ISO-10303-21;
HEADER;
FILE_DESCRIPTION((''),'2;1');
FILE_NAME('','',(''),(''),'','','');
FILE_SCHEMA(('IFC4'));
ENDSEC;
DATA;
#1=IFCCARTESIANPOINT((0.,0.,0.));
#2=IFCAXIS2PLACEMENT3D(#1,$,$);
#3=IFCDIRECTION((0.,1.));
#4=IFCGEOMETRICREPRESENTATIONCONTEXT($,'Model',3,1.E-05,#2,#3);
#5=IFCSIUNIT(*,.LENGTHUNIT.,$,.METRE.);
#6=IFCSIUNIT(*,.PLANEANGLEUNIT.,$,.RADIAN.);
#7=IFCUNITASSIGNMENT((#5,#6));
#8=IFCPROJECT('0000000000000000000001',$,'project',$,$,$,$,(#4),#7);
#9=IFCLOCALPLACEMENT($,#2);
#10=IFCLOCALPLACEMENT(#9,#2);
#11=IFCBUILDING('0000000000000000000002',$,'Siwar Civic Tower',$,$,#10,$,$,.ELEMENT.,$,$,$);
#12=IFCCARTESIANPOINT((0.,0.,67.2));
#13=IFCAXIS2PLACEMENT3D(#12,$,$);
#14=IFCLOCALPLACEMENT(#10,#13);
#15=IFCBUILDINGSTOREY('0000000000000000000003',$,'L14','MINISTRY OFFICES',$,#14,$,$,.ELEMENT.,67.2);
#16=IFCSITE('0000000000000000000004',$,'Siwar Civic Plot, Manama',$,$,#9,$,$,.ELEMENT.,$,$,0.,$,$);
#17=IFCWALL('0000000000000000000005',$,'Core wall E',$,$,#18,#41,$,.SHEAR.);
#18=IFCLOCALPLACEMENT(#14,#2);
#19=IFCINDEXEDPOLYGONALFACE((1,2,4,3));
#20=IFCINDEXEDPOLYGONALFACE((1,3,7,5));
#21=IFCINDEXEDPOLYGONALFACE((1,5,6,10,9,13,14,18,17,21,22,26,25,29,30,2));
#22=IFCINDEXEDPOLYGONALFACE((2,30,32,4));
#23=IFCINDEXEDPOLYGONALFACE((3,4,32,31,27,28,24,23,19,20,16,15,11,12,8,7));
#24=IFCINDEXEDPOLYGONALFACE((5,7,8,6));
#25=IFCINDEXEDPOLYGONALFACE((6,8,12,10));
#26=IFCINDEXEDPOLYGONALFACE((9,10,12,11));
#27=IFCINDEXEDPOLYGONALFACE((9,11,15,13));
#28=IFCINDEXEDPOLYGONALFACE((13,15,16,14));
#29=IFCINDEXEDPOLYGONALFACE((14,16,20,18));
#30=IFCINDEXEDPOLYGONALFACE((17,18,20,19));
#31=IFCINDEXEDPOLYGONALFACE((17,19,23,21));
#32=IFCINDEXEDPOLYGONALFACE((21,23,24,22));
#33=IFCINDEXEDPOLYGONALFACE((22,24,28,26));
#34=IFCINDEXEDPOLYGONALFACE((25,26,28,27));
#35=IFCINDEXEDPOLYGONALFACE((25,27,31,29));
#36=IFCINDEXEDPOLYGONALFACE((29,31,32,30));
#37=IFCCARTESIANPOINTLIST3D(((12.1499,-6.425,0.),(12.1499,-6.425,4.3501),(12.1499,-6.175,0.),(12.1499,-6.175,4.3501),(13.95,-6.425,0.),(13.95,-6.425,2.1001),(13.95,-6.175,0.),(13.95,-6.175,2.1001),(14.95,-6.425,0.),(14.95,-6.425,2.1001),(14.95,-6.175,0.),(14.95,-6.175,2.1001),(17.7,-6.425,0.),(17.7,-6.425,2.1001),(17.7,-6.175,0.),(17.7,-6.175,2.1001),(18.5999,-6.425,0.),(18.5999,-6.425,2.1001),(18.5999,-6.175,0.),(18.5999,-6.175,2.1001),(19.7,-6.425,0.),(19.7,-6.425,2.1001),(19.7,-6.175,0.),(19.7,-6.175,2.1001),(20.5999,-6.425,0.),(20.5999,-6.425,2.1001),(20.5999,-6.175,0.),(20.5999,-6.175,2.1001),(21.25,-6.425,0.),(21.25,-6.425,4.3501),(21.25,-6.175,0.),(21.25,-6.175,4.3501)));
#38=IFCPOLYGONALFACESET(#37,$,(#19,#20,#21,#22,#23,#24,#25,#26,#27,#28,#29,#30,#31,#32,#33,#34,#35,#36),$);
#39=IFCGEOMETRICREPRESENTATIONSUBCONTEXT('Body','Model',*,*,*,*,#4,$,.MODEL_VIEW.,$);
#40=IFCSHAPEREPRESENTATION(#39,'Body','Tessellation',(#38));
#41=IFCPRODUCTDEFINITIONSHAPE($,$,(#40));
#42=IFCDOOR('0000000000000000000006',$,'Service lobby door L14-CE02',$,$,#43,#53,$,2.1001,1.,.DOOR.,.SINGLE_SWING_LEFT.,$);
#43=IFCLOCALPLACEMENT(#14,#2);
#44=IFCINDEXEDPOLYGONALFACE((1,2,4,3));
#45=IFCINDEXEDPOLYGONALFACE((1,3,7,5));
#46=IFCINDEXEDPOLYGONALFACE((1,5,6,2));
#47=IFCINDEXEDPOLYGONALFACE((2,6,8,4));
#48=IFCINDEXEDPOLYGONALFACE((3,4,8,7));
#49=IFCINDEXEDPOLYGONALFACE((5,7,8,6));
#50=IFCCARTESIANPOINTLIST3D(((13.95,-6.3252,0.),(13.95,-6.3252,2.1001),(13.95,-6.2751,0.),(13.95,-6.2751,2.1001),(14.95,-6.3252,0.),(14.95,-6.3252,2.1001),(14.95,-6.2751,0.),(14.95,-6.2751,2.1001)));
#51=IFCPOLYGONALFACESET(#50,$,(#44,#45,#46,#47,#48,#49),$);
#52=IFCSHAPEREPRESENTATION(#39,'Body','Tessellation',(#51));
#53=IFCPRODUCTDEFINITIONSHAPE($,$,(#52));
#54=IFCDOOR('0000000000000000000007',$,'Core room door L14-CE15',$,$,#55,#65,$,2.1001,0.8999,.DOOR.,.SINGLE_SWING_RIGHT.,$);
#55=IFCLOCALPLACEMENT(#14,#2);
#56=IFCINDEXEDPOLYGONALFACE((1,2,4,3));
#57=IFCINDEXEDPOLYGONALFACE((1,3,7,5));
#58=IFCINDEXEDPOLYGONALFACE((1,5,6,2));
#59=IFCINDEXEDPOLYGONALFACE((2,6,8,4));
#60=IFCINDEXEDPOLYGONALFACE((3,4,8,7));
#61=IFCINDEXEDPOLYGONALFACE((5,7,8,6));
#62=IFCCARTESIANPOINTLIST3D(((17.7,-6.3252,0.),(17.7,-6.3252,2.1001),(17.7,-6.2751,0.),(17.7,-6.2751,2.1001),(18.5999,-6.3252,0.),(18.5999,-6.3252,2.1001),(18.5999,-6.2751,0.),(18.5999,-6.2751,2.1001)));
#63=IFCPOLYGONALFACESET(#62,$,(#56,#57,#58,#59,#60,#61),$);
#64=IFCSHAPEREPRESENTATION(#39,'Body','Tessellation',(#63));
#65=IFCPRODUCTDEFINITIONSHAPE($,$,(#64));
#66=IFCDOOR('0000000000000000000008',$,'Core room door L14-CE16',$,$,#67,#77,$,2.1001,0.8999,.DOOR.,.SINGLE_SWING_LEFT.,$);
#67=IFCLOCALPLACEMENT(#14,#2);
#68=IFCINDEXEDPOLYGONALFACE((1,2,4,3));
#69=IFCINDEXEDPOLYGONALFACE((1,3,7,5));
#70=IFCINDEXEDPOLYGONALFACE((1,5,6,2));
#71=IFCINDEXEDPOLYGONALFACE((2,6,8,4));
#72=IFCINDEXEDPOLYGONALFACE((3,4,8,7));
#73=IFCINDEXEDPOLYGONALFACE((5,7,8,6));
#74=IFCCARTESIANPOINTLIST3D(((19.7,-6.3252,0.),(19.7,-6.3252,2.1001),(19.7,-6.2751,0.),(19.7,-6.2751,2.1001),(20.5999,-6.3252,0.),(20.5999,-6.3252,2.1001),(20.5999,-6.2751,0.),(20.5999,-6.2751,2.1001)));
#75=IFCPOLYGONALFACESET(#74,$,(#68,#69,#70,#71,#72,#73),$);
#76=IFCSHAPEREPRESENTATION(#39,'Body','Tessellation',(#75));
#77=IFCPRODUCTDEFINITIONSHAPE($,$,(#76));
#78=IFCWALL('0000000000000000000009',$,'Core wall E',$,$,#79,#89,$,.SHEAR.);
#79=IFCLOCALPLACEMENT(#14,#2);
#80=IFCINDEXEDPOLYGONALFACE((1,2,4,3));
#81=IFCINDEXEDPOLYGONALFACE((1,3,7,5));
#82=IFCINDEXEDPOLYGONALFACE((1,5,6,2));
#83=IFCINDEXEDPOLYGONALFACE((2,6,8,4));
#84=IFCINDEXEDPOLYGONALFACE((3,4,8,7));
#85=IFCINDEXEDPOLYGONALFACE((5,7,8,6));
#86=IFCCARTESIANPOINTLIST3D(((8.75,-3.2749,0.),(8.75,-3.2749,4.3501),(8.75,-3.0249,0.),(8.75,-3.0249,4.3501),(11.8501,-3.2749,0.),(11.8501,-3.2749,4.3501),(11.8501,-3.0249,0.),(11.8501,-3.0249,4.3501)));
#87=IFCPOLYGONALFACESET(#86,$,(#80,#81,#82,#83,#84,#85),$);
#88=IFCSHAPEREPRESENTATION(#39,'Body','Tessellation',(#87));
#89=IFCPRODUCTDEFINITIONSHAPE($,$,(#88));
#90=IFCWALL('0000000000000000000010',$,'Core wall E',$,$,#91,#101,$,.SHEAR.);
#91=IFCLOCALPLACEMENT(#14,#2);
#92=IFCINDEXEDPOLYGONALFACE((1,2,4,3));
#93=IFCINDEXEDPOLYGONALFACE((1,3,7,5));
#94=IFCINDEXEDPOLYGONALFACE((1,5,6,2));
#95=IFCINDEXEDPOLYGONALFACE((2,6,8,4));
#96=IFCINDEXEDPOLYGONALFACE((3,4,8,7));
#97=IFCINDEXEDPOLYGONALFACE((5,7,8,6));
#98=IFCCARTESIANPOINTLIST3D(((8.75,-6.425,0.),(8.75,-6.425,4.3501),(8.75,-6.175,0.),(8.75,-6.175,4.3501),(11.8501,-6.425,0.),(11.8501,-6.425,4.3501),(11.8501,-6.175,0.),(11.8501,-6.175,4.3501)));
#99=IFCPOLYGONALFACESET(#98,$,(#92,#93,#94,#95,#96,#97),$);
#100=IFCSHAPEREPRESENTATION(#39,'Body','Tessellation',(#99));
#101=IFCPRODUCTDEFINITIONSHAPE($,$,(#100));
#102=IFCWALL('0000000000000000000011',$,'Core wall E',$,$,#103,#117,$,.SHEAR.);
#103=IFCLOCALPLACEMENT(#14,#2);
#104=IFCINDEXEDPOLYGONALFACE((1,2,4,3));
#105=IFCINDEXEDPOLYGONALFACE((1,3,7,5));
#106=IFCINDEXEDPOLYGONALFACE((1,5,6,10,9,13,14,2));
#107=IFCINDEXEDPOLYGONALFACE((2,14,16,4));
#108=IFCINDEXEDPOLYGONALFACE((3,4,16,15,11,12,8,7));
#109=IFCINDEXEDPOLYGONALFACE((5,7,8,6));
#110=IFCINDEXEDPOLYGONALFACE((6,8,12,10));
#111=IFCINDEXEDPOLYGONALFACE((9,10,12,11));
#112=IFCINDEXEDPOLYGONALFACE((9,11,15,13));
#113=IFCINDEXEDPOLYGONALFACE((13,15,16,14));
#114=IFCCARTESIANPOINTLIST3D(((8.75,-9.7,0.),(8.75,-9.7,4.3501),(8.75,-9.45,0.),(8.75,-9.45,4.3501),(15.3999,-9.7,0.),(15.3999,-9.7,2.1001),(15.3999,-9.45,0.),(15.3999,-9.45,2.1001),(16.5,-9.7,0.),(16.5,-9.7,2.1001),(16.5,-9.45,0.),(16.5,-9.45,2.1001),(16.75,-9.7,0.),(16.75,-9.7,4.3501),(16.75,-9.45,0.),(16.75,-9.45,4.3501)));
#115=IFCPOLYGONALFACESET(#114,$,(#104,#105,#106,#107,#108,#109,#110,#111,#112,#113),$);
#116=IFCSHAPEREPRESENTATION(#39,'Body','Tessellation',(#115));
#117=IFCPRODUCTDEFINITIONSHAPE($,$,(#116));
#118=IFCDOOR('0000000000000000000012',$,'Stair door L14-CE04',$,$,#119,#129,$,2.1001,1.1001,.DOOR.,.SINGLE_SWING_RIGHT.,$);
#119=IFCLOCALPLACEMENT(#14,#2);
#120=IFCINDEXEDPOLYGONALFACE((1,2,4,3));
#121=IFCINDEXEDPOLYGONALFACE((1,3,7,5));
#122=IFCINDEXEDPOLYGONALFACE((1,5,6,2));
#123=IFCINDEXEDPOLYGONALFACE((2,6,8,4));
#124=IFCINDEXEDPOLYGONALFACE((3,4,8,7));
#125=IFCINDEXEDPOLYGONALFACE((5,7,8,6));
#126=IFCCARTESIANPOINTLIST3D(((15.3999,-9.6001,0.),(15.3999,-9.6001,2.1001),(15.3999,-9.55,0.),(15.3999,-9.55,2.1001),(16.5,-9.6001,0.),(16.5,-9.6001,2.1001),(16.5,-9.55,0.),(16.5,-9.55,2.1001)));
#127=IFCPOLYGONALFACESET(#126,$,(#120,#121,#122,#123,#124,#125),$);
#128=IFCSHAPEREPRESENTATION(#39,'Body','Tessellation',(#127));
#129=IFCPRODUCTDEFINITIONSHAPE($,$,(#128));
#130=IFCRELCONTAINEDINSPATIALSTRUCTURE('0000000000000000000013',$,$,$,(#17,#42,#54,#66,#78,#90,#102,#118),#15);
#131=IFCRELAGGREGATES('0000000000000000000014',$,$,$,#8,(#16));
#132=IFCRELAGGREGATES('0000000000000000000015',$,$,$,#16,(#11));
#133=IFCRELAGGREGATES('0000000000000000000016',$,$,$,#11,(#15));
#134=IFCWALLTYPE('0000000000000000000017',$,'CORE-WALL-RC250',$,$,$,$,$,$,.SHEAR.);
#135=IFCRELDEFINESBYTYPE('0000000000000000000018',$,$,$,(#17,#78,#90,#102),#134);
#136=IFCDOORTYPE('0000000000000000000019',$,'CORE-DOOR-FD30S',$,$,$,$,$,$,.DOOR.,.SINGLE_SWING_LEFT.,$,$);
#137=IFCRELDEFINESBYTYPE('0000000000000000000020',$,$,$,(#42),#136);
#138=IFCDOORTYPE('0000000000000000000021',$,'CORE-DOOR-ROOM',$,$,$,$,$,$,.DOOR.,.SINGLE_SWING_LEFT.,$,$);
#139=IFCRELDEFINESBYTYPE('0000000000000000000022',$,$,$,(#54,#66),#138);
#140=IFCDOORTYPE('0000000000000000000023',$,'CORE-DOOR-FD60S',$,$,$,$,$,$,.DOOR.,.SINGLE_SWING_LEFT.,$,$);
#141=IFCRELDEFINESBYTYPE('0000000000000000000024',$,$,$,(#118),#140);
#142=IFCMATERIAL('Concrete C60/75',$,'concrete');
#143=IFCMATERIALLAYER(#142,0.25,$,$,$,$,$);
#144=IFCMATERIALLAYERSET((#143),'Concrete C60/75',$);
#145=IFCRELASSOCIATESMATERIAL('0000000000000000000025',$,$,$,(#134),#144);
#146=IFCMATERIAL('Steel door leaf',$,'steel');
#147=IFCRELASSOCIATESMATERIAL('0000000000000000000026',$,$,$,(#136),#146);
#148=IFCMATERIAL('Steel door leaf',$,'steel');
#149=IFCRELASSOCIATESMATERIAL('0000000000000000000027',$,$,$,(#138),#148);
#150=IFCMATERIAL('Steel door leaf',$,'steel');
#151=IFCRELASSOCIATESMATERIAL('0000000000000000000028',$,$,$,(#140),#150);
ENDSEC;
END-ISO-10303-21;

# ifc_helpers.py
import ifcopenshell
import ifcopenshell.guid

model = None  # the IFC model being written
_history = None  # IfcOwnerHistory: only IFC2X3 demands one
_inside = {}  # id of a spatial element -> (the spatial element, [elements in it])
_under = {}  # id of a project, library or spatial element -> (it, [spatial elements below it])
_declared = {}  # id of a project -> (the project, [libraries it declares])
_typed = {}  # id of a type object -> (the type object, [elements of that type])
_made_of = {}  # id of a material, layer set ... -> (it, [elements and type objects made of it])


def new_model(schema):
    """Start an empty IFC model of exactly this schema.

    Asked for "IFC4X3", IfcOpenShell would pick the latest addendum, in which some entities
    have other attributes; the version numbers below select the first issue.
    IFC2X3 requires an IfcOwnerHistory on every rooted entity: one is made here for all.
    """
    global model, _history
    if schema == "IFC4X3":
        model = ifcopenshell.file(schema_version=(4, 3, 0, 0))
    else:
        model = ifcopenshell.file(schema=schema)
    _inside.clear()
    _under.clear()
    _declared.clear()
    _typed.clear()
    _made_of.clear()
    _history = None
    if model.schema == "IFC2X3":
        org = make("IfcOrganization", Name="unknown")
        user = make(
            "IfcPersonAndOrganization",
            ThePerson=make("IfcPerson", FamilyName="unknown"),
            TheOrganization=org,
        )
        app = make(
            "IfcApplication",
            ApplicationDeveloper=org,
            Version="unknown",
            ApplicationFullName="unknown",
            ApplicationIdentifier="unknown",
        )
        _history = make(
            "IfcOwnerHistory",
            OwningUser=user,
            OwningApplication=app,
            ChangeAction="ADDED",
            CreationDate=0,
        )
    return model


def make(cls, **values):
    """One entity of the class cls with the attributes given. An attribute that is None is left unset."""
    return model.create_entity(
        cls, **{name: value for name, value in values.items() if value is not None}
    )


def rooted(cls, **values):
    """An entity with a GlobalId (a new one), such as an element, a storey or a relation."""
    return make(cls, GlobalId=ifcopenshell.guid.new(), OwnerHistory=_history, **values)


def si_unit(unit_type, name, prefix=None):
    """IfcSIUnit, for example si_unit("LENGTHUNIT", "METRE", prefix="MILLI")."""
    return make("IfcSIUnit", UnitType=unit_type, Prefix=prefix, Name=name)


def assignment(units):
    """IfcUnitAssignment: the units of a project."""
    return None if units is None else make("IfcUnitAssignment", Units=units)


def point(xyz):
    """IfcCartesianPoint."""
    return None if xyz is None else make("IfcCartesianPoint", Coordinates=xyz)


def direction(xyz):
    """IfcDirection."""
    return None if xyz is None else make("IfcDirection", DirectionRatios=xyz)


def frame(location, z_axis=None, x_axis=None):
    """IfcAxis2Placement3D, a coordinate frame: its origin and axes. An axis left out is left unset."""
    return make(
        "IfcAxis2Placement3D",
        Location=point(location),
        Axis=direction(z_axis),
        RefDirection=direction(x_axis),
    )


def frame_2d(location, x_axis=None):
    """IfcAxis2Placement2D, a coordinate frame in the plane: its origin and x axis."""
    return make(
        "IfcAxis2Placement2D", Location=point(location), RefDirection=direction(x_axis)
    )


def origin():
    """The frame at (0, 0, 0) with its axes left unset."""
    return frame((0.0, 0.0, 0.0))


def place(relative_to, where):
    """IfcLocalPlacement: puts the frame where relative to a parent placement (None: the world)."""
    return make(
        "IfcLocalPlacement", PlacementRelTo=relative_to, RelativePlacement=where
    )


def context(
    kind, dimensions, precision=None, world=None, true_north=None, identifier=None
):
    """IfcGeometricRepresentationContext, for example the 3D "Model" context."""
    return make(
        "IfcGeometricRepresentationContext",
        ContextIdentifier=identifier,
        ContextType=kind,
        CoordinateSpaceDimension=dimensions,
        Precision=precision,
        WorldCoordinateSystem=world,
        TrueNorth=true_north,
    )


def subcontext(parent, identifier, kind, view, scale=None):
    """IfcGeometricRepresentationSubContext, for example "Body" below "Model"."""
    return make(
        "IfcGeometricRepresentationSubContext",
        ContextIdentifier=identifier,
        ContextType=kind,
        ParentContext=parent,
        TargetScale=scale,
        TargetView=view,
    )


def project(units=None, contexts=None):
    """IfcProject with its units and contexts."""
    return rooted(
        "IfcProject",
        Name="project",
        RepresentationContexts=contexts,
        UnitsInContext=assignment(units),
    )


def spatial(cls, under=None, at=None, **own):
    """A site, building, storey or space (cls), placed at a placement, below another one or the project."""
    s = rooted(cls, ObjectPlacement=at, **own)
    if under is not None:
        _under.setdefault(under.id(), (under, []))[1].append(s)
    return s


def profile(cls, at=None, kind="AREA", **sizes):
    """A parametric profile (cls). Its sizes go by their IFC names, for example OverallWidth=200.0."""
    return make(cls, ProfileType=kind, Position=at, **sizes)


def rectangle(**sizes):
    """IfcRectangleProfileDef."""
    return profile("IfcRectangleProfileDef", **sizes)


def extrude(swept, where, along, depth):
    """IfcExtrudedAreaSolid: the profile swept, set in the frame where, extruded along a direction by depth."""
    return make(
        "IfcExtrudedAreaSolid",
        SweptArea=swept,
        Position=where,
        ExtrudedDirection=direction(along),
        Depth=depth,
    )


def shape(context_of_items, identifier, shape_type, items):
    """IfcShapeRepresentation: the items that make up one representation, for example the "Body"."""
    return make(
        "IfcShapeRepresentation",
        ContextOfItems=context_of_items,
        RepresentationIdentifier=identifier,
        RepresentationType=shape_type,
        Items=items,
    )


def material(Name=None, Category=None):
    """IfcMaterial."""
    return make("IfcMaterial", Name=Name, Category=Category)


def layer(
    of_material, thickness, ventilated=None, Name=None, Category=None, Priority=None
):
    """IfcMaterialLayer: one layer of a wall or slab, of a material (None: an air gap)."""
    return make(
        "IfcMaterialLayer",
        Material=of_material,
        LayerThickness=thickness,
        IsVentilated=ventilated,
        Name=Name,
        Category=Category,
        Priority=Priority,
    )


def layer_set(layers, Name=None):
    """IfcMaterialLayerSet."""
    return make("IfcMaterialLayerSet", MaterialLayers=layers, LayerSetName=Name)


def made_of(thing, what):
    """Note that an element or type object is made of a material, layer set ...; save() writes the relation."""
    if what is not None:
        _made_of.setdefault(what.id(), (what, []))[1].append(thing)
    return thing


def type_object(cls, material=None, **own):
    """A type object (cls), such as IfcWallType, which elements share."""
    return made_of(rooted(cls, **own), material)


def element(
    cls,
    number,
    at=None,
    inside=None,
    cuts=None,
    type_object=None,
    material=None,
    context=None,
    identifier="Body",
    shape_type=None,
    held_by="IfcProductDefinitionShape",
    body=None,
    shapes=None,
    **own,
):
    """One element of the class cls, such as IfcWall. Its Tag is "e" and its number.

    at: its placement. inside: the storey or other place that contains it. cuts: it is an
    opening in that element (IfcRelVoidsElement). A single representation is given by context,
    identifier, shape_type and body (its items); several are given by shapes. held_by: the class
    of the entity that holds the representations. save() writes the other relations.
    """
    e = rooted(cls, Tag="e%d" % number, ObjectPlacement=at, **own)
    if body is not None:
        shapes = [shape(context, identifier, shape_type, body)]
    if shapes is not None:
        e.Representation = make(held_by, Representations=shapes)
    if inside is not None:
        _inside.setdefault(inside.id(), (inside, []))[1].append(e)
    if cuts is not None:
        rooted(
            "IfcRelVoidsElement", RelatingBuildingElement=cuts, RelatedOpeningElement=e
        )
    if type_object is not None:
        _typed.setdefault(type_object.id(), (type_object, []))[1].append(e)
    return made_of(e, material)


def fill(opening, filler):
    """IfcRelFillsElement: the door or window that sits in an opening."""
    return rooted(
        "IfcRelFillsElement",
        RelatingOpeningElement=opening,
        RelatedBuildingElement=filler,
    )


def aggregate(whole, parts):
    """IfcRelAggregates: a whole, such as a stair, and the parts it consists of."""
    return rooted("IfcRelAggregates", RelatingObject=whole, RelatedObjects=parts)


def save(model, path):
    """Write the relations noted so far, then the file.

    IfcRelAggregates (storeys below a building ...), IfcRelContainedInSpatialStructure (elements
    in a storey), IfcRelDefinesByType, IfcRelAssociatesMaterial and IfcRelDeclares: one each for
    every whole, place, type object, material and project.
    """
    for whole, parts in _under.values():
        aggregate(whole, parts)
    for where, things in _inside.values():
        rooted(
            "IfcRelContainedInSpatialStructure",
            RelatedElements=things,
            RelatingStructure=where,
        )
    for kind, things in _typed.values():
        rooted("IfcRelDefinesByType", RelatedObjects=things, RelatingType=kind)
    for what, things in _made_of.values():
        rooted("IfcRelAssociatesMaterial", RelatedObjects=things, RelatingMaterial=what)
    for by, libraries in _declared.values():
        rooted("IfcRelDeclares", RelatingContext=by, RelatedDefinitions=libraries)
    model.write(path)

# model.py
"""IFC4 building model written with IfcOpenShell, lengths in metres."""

from ifc_helpers import new_model, si_unit, direction, frame, frame_2d, origin, place, context, subcontext, project, spatial, rectangle, extrude, material, layer, layer_set, type_object, element, fill, save


model = new_model("IFC4")

# Units and contexts
model_context = context("Model", 3, precision=1e-05, world=origin(), true_north=direction((0.0, 1.0)))
body_context = subcontext(model_context, "Body", "Model", "MODEL_VIEW")
ifc_project = project(units=[si_unit("LENGTHUNIT", "METRE"), si_unit("PLANEANGLEUNIT", "RADIAN")], contexts=[model_context])

# Site, building, storey
site_placement = place(None, origin())
site = spatial("IfcSite", under=ifc_project, at=site_placement, Name="Siwar Civic Plot, Manama", CompositionType="ELEMENT", RefElevation=0.0)
building_placement = place(site_placement, origin())
building = spatial("IfcBuilding", under=site, at=building_placement, Name="Siwar Civic Tower", CompositionType="ELEMENT")
storey_placement = place(building_placement, frame((0.0, 0.0, 67.2)))
storey = spatial("IfcBuildingStorey", under=building, at=storey_placement, Name="L14", Description="MINISTRY OFFICES", CompositionType="ELEMENT", Elevation=67.2)

# Wall, openings, doors
ifc_material_1 = material(Name="Concrete C60/75", Category="concrete")
ifc_layer_1 = layer(ifc_material_1, 0.25)
ifc_layer_set_1 = layer_set([ifc_layer_1], Name="Concrete C60/75")
wall_type_1 = type_object("IfcWallType", Name="CORE-WALL-RC250", PredefinedType="SHEAR", material=ifc_layer_set_1)
wall_1_placement = place(storey_placement, frame((12.1499, -6.3, 0.0), z_axis=(0.0, 0.0, 1.0), x_axis=(1.0, 0.0, 0.0)))
wall_1 = element("IfcWall", 1, at=wall_1_placement, inside=storey, type_object=wall_type_1, Name="Core wall E", PredefinedType="SHEAR", context=body_context, shape_type="SweptSolid", body=[
    extrude(rectangle(XDim=9.1001, YDim=0.25, at=frame_2d((4.55, 0.0))), origin(), (0.0, 0.0, 1.0), 4.3501),
])
opening_1_placement = place(wall_1_placement, frame((1.8, 0.0, 0.0)))
opening_1 = element("IfcOpeningElement", 2, at=opening_1_placement, cuts=wall_1, PredefinedType="OPENING", context=body_context, shape_type="SweptSolid", body=[
    extrude(rectangle(XDim=1.0, YDim=2.1001, at=frame_2d((0.5, 1.05))), frame((0.0, 0.135, 0.0), z_axis=(0.0, -1.0, 0.0), x_axis=(1.0, 0.0, 0.0)), (0.0, 0.0, 1.0), 0.27),
])
opening_2_placement = place(wall_1_placement, frame((5.55, 0.0, 0.0)))
opening_2 = element("IfcOpeningElement", 3, at=opening_2_placement, cuts=wall_1, PredefinedType="OPENING", context=body_context, shape_type="SweptSolid", body=[
    extrude(rectangle(XDim=0.8999, YDim=2.1001, at=frame_2d((0.45, 1.05))), frame((0.0, 0.135, 0.0), z_axis=(0.0, -1.0, 0.0), x_axis=(1.0, 0.0, 0.0)), (0.0, 0.0, 1.0), 0.27),
])
opening_3_placement = place(wall_1_placement, frame((7.55, 0.0, 0.0)))
opening_3 = element("IfcOpeningElement", 4, at=opening_3_placement, cuts=wall_1, PredefinedType="OPENING", context=body_context, shape_type="SweptSolid", body=[
    extrude(rectangle(XDim=0.8999, YDim=2.1001, at=frame_2d((0.45, 1.05))), frame((0.0, 0.135, 0.0), z_axis=(0.0, -1.0, 0.0), x_axis=(1.0, 0.0, 0.0)), (0.0, 0.0, 1.0), 0.27),
])
ifc_material_2 = material(Name="Steel door leaf", Category="steel")
door_type_1 = type_object("IfcDoorType", Name="CORE-DOOR-FD30S", OperationType="SINGLE_SWING_LEFT", PredefinedType="DOOR", material=ifc_material_2)
door_1_placement = place(opening_1_placement, origin())
door_1 = element("IfcDoor", 5, at=door_1_placement, inside=storey, type_object=door_type_1, Name="Service lobby door L14-CE02", OperationType="SINGLE_SWING_LEFT", OverallHeight=2.1001, OverallWidth=1.0, PredefinedType="DOOR", context=body_context, shape_type="SweptSolid", body=[
    extrude(rectangle(XDim=1.0, YDim=2.1001, at=frame_2d((0.5, 1.05))), frame((0.0, 0.0249, 0.0), z_axis=(0.0, -1.0, 0.0), x_axis=(1.0, 0.0, 0.0)), (0.0, 0.0, 1.0), 0.05),
])
fill(opening_1, door_1)
ifc_material_3 = material(Name="Steel door leaf", Category="steel")
door_type_2 = type_object("IfcDoorType", Name="CORE-DOOR-ROOM", OperationType="SINGLE_SWING_LEFT", PredefinedType="DOOR", material=ifc_material_3)
door_2_placement = place(opening_2_placement, origin())
door_2 = element("IfcDoor", 6, at=door_2_placement, inside=storey, type_object=door_type_2, Name="Core room door L14-CE15", OperationType="SINGLE_SWING_RIGHT", OverallHeight=2.1001, OverallWidth=0.8999, PredefinedType="DOOR", context=body_context, shape_type="SweptSolid", body=[
    extrude(rectangle(XDim=0.8999, YDim=2.1001, at=frame_2d((0.45, 1.05))), frame((0.0, 0.0249, 0.0), z_axis=(0.0, -1.0, 0.0), x_axis=(1.0, 0.0, 0.0)), (0.0, 0.0, 1.0), 0.05),
])
fill(opening_2, door_2)
door_3_placement = place(opening_3_placement, origin())
door_3 = element("IfcDoor", 7, at=door_3_placement, inside=storey, type_object=door_type_2, Name="Core room door L14-CE16", OperationType="SINGLE_SWING_LEFT", OverallHeight=2.1001, OverallWidth=0.8999, PredefinedType="DOOR", context=body_context, shape_type="SweptSolid", body=[
    extrude(rectangle(XDim=0.8999, YDim=2.1001, at=frame_2d((0.45, 1.05))), frame((0.0, 0.0249, 0.0), z_axis=(0.0, -1.0, 0.0), x_axis=(1.0, 0.0, 0.0)), (0.0, 0.0, 1.0), 0.05),
])
fill(opening_3, door_3)

# Walls
for number, where, z_axis, x_axis, name in (
    (8, (8.75, -3.1499, 0.0), (0.0, 0.0, 1.0), (1.0, 0.0, 0.0), "Core wall E"),
    (9, (8.75, -6.3, 0.0), (0.0, 0.0, 1.0), (1.0, 0.0, 0.0), "Core wall E"),
):
    element("IfcWall", number, at=place(storey_placement, frame(where, z_axis=z_axis, x_axis=x_axis)), inside=storey, type_object=wall_type_1, Name=name, PredefinedType="SHEAR", context=body_context, shape_type="SweptSolid", body=[
        extrude(rectangle(XDim=3.1001, YDim=0.25, at=frame_2d((1.55, 0.0))), origin(), (0.0, 0.0, 1.0), 4.3501),
    ])

# Wall, opening, door
wall_2_placement = place(storey_placement, frame((8.75, -9.575, 0.0), z_axis=(0.0, 0.0, 1.0), x_axis=(1.0, 0.0, 0.0)))
wall_2 = element("IfcWall", 10, at=wall_2_placement, inside=storey, type_object=wall_type_1, Name="Core wall E", PredefinedType="SHEAR", context=body_context, shape_type="SweptSolid", body=[
    extrude(rectangle(XDim=8.0, YDim=0.25, at=frame_2d((4.0, 0.0))), origin(), (0.0, 0.0, 1.0), 4.3501),
])
opening_4_placement = place(wall_2_placement, frame((6.6499, 0.0, 0.0)))
opening_4 = element("IfcOpeningElement", 11, at=opening_4_placement, cuts=wall_2, PredefinedType="OPENING", context=body_context, shape_type="SweptSolid", body=[
    extrude(rectangle(XDim=1.1001, YDim=2.1001, at=frame_2d((0.55, 1.05))), frame((0.0, 0.135, 0.0), z_axis=(0.0, -1.0, 0.0), x_axis=(1.0, 0.0, 0.0)), (0.0, 0.0, 1.0), 0.27),
])
ifc_material_4 = material(Name="Steel door leaf", Category="steel")
door_type_3 = type_object("IfcDoorType", Name="CORE-DOOR-FD60S", OperationType="SINGLE_SWING_LEFT", PredefinedType="DOOR", material=ifc_material_4)
door_4_placement = place(opening_4_placement, origin())
door_4 = element("IfcDoor", 12, at=door_4_placement, inside=storey, type_object=door_type_3, Name="Stair door L14-CE04", OperationType="SINGLE_SWING_RIGHT", OverallHeight=2.1001, OverallWidth=1.1001, PredefinedType="DOOR", context=body_context, shape_type="SweptSolid", body=[
    extrude(rectangle(XDim=1.1001, YDim=2.1001, at=frame_2d((0.55, 1.05))), frame((0.0, 0.0249, 0.0), z_axis=(0.0, -1.0, 0.0), x_axis=(1.0, 0.0, 0.0)), (0.0, 0.0, 1.0), 0.05),
])
fill(opening_4, door_4)

save(model, "model.ifc")
